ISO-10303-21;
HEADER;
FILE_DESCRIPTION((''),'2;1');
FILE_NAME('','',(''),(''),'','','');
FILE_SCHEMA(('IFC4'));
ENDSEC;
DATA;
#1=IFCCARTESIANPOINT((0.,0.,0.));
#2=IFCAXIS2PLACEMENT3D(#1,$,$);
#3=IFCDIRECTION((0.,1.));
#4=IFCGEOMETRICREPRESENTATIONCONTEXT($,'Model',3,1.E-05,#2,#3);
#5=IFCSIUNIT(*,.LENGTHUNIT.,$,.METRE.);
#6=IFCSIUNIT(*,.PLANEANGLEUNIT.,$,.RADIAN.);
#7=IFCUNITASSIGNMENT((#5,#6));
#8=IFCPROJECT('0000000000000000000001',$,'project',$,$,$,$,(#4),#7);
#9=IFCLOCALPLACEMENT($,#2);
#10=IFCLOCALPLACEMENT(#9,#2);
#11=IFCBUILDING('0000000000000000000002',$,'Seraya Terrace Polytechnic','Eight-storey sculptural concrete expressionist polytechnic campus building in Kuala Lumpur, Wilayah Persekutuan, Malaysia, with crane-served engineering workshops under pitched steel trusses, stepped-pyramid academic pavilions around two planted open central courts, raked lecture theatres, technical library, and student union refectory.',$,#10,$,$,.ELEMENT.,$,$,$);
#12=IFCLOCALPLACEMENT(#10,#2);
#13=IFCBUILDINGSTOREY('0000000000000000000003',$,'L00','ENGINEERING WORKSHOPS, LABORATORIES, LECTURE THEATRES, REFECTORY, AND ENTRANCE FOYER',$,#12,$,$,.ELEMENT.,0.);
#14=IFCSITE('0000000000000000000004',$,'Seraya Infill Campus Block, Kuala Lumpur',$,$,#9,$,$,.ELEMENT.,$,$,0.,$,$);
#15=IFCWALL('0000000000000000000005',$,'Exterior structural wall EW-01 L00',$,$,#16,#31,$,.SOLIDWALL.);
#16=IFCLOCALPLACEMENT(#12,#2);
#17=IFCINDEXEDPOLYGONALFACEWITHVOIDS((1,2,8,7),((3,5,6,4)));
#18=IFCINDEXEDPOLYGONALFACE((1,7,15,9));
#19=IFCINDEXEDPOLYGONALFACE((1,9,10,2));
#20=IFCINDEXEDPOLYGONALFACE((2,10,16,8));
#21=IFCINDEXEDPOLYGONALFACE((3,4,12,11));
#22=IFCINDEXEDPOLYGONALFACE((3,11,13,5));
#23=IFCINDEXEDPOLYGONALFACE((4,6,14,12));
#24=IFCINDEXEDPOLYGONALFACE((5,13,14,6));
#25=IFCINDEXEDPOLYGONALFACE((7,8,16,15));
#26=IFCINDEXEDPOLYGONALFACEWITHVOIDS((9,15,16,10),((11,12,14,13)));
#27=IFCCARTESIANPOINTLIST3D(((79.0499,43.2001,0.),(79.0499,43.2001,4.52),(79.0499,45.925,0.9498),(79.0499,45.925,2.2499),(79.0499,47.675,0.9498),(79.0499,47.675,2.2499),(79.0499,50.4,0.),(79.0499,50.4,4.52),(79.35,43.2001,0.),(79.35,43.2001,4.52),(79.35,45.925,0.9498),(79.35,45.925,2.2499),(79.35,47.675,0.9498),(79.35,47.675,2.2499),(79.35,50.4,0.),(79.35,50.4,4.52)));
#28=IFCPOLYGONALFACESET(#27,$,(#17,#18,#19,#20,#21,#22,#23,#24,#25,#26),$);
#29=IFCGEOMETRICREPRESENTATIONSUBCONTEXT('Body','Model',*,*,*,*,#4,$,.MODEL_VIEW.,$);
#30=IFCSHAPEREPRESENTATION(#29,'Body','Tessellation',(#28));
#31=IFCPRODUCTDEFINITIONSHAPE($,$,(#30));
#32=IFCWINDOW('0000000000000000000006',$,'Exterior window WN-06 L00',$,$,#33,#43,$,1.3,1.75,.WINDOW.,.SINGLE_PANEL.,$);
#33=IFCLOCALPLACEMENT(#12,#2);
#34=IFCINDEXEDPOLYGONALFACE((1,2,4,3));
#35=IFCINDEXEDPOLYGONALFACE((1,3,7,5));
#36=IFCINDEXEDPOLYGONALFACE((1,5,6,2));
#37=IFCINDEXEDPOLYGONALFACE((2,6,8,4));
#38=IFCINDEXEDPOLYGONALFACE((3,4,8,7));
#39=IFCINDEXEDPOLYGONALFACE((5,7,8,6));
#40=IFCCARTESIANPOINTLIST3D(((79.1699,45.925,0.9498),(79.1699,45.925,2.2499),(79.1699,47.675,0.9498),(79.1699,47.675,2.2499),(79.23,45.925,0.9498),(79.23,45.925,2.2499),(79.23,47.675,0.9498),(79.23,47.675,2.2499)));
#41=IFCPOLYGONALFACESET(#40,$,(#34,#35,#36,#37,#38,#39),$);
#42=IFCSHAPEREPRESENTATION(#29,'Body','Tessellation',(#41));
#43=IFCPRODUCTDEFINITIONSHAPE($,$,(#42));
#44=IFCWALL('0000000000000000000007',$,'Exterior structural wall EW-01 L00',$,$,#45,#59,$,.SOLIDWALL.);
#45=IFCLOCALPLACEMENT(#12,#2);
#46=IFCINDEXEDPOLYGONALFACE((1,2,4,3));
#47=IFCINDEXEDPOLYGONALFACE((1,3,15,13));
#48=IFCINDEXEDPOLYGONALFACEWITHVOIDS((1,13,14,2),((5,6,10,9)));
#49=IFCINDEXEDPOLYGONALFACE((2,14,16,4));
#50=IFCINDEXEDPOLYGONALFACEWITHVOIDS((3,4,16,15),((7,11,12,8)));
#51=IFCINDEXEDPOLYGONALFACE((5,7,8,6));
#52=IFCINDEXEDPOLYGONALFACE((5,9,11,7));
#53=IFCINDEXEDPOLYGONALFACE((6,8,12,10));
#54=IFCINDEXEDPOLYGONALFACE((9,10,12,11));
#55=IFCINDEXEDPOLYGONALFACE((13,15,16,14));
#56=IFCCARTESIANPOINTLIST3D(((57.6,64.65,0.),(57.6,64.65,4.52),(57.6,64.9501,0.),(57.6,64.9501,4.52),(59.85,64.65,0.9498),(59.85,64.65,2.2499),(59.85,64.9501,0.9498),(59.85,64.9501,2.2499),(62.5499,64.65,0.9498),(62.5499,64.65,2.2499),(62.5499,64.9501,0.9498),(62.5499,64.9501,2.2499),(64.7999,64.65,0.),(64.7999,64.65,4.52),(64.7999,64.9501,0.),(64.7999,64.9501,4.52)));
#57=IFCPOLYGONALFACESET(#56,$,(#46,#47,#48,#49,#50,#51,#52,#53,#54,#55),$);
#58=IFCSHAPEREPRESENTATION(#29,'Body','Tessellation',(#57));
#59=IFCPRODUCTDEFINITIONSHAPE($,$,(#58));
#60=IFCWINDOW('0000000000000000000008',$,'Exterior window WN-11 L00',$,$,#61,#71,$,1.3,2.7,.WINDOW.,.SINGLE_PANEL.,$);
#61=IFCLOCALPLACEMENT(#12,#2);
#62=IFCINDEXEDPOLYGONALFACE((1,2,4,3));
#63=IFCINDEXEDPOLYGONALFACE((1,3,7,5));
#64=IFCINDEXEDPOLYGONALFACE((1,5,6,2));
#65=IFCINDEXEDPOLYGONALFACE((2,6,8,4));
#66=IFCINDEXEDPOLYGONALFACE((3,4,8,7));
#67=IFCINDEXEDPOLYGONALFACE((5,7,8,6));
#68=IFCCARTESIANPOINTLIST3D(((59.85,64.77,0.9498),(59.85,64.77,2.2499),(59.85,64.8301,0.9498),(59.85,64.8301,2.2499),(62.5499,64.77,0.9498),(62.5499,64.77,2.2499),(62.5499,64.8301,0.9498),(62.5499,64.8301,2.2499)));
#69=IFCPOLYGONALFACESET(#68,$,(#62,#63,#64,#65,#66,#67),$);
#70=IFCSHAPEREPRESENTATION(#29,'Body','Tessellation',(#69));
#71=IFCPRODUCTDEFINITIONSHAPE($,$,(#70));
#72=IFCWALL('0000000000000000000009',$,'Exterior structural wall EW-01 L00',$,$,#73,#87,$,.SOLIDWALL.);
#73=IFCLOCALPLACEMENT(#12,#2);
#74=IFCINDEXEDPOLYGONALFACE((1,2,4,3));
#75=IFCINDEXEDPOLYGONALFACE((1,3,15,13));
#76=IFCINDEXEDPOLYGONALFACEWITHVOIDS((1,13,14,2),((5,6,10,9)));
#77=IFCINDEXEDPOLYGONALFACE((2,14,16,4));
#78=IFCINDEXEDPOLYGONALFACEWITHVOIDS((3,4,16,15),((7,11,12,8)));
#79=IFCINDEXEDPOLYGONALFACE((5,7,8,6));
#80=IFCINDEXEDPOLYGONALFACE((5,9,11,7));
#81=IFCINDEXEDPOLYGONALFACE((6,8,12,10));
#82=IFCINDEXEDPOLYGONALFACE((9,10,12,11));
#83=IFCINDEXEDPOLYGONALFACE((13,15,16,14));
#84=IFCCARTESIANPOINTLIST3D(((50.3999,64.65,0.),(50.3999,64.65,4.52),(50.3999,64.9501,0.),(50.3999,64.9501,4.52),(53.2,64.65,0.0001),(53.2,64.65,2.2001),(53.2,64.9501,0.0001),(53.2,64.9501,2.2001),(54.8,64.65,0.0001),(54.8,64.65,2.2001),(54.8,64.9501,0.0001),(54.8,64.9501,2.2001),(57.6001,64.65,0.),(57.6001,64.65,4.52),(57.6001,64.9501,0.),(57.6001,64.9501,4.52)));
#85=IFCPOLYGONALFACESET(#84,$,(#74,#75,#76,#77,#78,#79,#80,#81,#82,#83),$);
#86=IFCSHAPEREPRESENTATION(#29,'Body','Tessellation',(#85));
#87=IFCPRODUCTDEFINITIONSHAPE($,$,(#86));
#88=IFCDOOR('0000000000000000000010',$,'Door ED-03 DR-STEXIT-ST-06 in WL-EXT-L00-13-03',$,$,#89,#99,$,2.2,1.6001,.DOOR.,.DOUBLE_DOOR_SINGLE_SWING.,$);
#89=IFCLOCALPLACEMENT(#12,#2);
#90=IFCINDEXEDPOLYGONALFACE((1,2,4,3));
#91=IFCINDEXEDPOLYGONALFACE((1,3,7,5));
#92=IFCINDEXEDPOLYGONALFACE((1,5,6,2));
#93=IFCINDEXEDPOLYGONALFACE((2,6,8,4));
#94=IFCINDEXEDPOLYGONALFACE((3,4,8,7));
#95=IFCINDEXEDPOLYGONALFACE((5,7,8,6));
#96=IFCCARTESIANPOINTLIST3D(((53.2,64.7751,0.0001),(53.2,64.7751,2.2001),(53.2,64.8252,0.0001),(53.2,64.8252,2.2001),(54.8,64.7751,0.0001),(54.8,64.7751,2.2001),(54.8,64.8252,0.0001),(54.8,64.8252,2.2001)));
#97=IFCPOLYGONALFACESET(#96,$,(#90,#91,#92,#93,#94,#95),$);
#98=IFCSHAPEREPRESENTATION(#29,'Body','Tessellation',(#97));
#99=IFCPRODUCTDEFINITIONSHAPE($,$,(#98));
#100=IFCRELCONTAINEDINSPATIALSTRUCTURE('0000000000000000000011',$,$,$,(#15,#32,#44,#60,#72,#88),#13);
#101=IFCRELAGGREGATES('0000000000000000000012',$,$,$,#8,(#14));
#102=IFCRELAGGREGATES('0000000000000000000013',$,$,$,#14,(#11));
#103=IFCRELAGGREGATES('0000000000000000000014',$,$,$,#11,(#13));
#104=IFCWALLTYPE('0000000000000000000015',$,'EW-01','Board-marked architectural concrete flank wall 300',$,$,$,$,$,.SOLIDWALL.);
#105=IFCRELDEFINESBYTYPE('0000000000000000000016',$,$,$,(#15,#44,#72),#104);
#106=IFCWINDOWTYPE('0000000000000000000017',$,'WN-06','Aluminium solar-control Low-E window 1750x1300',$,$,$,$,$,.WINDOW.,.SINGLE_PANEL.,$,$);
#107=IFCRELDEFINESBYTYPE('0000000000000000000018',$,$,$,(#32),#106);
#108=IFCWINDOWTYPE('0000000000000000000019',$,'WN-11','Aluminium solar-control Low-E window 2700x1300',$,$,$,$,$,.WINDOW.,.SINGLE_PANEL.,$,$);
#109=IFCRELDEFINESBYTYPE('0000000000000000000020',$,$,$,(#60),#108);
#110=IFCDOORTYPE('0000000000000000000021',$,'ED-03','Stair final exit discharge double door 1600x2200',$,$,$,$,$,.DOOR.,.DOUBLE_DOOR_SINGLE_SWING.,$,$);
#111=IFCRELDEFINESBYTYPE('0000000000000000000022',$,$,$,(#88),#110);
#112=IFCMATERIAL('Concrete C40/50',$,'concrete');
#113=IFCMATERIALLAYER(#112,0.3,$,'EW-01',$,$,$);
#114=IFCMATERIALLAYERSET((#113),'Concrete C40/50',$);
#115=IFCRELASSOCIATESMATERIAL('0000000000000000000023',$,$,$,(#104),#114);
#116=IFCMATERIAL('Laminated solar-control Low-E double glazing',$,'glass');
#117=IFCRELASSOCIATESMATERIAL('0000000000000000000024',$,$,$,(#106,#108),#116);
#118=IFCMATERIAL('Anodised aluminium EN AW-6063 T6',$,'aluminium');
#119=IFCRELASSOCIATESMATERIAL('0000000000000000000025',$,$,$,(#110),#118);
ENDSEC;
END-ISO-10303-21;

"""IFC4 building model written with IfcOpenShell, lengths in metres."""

from ifc_helpers import new_model, si_unit, direction, frame, frame_2d, origin, place, context, subcontext, project, spatial, rectangle, extrude, material, layer, layer_set, type_object, element, fill, save


model = new_model("IFC4")

# Units and contexts
model_context = context("Model", 3, precision=1e-05, world=origin(), true_north=direction((0.0, 1.0)))
body_context = subcontext(model_context, "Body", "Model", "MODEL_VIEW")
ifc_project = project(units=[si_unit("LENGTHUNIT", "METRE"), si_unit("PLANEANGLEUNIT", "RADIAN")], contexts=[model_context])

# Site, building, storey
site_placement = place(None, origin())
site = spatial("IfcSite", under=ifc_project, at=site_placement, Name="Seraya Infill Campus Block, Kuala Lumpur", CompositionType="ELEMENT", RefElevation=0.0)
building_placement = place(site_placement, origin())
building = spatial("IfcBuilding", under=site, at=building_placement, Name="Seraya Terrace Polytechnic", Description="Eight-storey sculptural concrete expressionist polytechnic campus building in Kuala Lumpur, Wilayah Persekutuan, Malaysia, with crane-served engineering workshops under pitched steel trusses, stepped-pyramid academic pavilions around two planted open central courts, raked lecture theatres, technical library, and student union refectory.", CompositionType="ELEMENT")
storey_placement = place(building_placement, origin())
storey = spatial("IfcBuildingStorey", under=building, at=storey_placement, Name="L00", Description="ENGINEERING WORKSHOPS, LABORATORIES, LECTURE THEATRES, REFECTORY, AND ENTRANCE FOYER", CompositionType="ELEMENT", Elevation=0.0)

# Shared definitions
ifc_material_1 = material(Name="Concrete C40/50", Category="concrete")

# Walls, openings, windows
ifc_layer = layer(ifc_material_1, 0.3, Name="EW-01")
ifc_layer_set = layer_set([ifc_layer], Name="Concrete C40/50")
wall_type = type_object("IfcWallType", Name="EW-01", Description="Board-marked architectural concrete flank wall 300", PredefinedType="SOLIDWALL", material=ifc_layer_set)
wall_1_placement = place(storey_placement, frame((79.2, 43.2, 0.0), z_axis=(0.0, 0.0, 1.0), x_axis=(0.0, 1.0, 0.0)))
wall_1 = element("IfcWall", 1, at=wall_1_placement, inside=storey, type_object=wall_type, Name="Exterior structural wall EW-01 L00", PredefinedType="SOLIDWALL", context=body_context, shape_type="SweptSolid", body=[
    extrude(rectangle(XDim=7.2, YDim=0.3, at=frame_2d((3.6001, 0.0))), origin(), (0.0, 0.0, 1.0), 4.52),
])
opening_1_placement = place(wall_1_placement, frame((2.7251, 0.0, 0.95)))
opening_1 = element("IfcOpeningElement", 2, at=opening_1_placement, cuts=wall_1, PredefinedType="OPENING", context=body_context, shape_type="SweptSolid", body=[
    extrude(rectangle(XDim=1.75, YDim=1.3, at=frame_2d((0.875, 0.6499))), frame((0.0, 0.1621, 0.0), z_axis=(0.0, -1.0, 0.0), x_axis=(1.0, 0.0, 0.0)), (0.0, 0.0, 1.0), 0.324),
])
ifc_material_2 = material(Name="Laminated solar-control Low-E double glazing", Category="glass")
window_type_1 = type_object("IfcWindowType", Name="WN-06", Description="Aluminium solar-control Low-E window 1750x1300", PartitioningType="SINGLE_PANEL", PredefinedType="WINDOW", material=ifc_material_2)
window_1_placement = place(opening_1_placement, origin())
window_1 = element("IfcWindow", 3, at=window_1_placement, inside=storey, type_object=window_type_1, Name="Exterior window WN-06 L00", OverallHeight=1.3, OverallWidth=1.75, PartitioningType="SINGLE_PANEL", PredefinedType="WINDOW", context=body_context, shape_type="SweptSolid", body=[
    extrude(rectangle(XDim=1.75, YDim=1.3, at=frame_2d((0.875, 0.6499))), frame((0.0, 0.03, 0.0), z_axis=(0.0, -1.0, 0.0), x_axis=(1.0, 0.0, 0.0)), (0.0, 0.0, 1.0), 0.0601),
])
fill(opening_1, window_1)
wall_2_placement = place(storey_placement, frame((64.8, 64.8, 0.0), z_axis=(0.0, 0.0, 1.0), x_axis=(-1.0, 0.0, 0.0)))
wall_2 = element("IfcWall", 4, at=wall_2_placement, inside=storey, type_object=wall_type, Name="Exterior structural wall EW-01 L00", PredefinedType="SOLIDWALL", context=body_context, shape_type="SweptSolid", body=[
    extrude(rectangle(XDim=7.2, YDim=0.3, at=frame_2d((3.6001, 0.0))), origin(), (0.0, 0.0, 1.0), 4.52),
])
opening_2_placement = place(wall_2_placement, frame((2.25, 0.0, 0.95)))
opening_2 = element("IfcOpeningElement", 5, at=opening_2_placement, cuts=wall_2, PredefinedType="OPENING", context=body_context, shape_type="SweptSolid", body=[
    extrude(rectangle(XDim=2.7, YDim=1.3, at=frame_2d((1.3501, 0.6499))), frame((0.0, 0.1621, 0.0), z_axis=(0.0, -1.0, 0.0), x_axis=(1.0, 0.0, 0.0)), (0.0, 0.0, 1.0), 0.324),
])
window_type_2 = type_object("IfcWindowType", Name="WN-11", Description="Aluminium solar-control Low-E window 2700x1300", PartitioningType="SINGLE_PANEL", PredefinedType="WINDOW", material=ifc_material_2)
window_2_placement = place(opening_2_placement, origin())
window_2 = element("IfcWindow", 6, at=window_2_placement, inside=storey, type_object=window_type_2, Name="Exterior window WN-11 L00", OverallHeight=1.3, OverallWidth=2.7, PartitioningType="SINGLE_PANEL", PredefinedType="WINDOW", context=body_context, shape_type="SweptSolid", body=[
    extrude(rectangle(XDim=2.7, YDim=1.3, at=frame_2d((1.3501, 0.6499))), frame((0.0, 0.03, 0.0), z_axis=(0.0, -1.0, 0.0), x_axis=(1.0, 0.0, 0.0)), (0.0, 0.0, 1.0), 0.0601),
])
fill(opening_2, window_2)

# Wall, opening, door
wall_3_placement = place(storey_placement, frame((57.6001, 64.8, 0.0), z_axis=(0.0, 0.0, 1.0), x_axis=(-1.0, 0.0, 0.0)))
wall_3 = element("IfcWall", 7, at=wall_3_placement, inside=storey, type_object=wall_type, Name="Exterior structural wall EW-01 L00", PredefinedType="SOLIDWALL", context=body_context, shape_type="SweptSolid", body=[
    extrude(rectangle(XDim=7.2002, YDim=0.3, at=frame_2d((3.6001, 0.0))), origin(), (0.0, 0.0, 1.0), 4.52),
])
opening_3_placement = place(wall_3_placement, frame((2.8, 0.0, 0.0)))
opening_3 = element("IfcOpeningElement", 8, at=opening_3_placement, cuts=wall_3, PredefinedType="OPENING", context=body_context, shape_type="SweptSolid", body=[
    extrude(rectangle(XDim=1.6001, YDim=2.2, at=frame_2d((0.8, 1.1001))), frame((0.0, 0.1621, 0.0), z_axis=(0.0, -1.0, 0.0), x_axis=(1.0, 0.0, 0.0)), (0.0, 0.0, 1.0), 0.324),
])
ifc_material_3 = material(Name="Anodised aluminium EN AW-6063 T6", Category="aluminium")
door_type = type_object("IfcDoorType", Name="ED-03", Description="Stair final exit discharge double door 1600x2200", OperationType="DOUBLE_DOOR_SINGLE_SWING", PredefinedType="DOOR", material=ifc_material_3)
door_placement = place(opening_3_placement, origin())
door = element("IfcDoor", 9, at=door_placement, inside=storey, type_object=door_type, Name="Door ED-03 DR-STEXIT-ST-06 in WL-EXT-L00-13-03", OperationType="DOUBLE_DOOR_SINGLE_SWING", OverallHeight=2.2, OverallWidth=1.6001, PredefinedType="DOOR", context=body_context, shape_type="SweptSolid", body=[
    extrude(rectangle(XDim=1.6001, YDim=2.2, at=frame_2d((0.8, 1.1001))), frame((0.0, 0.0249, 0.0), z_axis=(0.0, -1.0, 0.0), x_axis=(1.0, 0.0, 0.0)), (0.0, 0.0, 1.0), 0.05),
])
fill(opening_3, door)

save(model, "model.ifc")
